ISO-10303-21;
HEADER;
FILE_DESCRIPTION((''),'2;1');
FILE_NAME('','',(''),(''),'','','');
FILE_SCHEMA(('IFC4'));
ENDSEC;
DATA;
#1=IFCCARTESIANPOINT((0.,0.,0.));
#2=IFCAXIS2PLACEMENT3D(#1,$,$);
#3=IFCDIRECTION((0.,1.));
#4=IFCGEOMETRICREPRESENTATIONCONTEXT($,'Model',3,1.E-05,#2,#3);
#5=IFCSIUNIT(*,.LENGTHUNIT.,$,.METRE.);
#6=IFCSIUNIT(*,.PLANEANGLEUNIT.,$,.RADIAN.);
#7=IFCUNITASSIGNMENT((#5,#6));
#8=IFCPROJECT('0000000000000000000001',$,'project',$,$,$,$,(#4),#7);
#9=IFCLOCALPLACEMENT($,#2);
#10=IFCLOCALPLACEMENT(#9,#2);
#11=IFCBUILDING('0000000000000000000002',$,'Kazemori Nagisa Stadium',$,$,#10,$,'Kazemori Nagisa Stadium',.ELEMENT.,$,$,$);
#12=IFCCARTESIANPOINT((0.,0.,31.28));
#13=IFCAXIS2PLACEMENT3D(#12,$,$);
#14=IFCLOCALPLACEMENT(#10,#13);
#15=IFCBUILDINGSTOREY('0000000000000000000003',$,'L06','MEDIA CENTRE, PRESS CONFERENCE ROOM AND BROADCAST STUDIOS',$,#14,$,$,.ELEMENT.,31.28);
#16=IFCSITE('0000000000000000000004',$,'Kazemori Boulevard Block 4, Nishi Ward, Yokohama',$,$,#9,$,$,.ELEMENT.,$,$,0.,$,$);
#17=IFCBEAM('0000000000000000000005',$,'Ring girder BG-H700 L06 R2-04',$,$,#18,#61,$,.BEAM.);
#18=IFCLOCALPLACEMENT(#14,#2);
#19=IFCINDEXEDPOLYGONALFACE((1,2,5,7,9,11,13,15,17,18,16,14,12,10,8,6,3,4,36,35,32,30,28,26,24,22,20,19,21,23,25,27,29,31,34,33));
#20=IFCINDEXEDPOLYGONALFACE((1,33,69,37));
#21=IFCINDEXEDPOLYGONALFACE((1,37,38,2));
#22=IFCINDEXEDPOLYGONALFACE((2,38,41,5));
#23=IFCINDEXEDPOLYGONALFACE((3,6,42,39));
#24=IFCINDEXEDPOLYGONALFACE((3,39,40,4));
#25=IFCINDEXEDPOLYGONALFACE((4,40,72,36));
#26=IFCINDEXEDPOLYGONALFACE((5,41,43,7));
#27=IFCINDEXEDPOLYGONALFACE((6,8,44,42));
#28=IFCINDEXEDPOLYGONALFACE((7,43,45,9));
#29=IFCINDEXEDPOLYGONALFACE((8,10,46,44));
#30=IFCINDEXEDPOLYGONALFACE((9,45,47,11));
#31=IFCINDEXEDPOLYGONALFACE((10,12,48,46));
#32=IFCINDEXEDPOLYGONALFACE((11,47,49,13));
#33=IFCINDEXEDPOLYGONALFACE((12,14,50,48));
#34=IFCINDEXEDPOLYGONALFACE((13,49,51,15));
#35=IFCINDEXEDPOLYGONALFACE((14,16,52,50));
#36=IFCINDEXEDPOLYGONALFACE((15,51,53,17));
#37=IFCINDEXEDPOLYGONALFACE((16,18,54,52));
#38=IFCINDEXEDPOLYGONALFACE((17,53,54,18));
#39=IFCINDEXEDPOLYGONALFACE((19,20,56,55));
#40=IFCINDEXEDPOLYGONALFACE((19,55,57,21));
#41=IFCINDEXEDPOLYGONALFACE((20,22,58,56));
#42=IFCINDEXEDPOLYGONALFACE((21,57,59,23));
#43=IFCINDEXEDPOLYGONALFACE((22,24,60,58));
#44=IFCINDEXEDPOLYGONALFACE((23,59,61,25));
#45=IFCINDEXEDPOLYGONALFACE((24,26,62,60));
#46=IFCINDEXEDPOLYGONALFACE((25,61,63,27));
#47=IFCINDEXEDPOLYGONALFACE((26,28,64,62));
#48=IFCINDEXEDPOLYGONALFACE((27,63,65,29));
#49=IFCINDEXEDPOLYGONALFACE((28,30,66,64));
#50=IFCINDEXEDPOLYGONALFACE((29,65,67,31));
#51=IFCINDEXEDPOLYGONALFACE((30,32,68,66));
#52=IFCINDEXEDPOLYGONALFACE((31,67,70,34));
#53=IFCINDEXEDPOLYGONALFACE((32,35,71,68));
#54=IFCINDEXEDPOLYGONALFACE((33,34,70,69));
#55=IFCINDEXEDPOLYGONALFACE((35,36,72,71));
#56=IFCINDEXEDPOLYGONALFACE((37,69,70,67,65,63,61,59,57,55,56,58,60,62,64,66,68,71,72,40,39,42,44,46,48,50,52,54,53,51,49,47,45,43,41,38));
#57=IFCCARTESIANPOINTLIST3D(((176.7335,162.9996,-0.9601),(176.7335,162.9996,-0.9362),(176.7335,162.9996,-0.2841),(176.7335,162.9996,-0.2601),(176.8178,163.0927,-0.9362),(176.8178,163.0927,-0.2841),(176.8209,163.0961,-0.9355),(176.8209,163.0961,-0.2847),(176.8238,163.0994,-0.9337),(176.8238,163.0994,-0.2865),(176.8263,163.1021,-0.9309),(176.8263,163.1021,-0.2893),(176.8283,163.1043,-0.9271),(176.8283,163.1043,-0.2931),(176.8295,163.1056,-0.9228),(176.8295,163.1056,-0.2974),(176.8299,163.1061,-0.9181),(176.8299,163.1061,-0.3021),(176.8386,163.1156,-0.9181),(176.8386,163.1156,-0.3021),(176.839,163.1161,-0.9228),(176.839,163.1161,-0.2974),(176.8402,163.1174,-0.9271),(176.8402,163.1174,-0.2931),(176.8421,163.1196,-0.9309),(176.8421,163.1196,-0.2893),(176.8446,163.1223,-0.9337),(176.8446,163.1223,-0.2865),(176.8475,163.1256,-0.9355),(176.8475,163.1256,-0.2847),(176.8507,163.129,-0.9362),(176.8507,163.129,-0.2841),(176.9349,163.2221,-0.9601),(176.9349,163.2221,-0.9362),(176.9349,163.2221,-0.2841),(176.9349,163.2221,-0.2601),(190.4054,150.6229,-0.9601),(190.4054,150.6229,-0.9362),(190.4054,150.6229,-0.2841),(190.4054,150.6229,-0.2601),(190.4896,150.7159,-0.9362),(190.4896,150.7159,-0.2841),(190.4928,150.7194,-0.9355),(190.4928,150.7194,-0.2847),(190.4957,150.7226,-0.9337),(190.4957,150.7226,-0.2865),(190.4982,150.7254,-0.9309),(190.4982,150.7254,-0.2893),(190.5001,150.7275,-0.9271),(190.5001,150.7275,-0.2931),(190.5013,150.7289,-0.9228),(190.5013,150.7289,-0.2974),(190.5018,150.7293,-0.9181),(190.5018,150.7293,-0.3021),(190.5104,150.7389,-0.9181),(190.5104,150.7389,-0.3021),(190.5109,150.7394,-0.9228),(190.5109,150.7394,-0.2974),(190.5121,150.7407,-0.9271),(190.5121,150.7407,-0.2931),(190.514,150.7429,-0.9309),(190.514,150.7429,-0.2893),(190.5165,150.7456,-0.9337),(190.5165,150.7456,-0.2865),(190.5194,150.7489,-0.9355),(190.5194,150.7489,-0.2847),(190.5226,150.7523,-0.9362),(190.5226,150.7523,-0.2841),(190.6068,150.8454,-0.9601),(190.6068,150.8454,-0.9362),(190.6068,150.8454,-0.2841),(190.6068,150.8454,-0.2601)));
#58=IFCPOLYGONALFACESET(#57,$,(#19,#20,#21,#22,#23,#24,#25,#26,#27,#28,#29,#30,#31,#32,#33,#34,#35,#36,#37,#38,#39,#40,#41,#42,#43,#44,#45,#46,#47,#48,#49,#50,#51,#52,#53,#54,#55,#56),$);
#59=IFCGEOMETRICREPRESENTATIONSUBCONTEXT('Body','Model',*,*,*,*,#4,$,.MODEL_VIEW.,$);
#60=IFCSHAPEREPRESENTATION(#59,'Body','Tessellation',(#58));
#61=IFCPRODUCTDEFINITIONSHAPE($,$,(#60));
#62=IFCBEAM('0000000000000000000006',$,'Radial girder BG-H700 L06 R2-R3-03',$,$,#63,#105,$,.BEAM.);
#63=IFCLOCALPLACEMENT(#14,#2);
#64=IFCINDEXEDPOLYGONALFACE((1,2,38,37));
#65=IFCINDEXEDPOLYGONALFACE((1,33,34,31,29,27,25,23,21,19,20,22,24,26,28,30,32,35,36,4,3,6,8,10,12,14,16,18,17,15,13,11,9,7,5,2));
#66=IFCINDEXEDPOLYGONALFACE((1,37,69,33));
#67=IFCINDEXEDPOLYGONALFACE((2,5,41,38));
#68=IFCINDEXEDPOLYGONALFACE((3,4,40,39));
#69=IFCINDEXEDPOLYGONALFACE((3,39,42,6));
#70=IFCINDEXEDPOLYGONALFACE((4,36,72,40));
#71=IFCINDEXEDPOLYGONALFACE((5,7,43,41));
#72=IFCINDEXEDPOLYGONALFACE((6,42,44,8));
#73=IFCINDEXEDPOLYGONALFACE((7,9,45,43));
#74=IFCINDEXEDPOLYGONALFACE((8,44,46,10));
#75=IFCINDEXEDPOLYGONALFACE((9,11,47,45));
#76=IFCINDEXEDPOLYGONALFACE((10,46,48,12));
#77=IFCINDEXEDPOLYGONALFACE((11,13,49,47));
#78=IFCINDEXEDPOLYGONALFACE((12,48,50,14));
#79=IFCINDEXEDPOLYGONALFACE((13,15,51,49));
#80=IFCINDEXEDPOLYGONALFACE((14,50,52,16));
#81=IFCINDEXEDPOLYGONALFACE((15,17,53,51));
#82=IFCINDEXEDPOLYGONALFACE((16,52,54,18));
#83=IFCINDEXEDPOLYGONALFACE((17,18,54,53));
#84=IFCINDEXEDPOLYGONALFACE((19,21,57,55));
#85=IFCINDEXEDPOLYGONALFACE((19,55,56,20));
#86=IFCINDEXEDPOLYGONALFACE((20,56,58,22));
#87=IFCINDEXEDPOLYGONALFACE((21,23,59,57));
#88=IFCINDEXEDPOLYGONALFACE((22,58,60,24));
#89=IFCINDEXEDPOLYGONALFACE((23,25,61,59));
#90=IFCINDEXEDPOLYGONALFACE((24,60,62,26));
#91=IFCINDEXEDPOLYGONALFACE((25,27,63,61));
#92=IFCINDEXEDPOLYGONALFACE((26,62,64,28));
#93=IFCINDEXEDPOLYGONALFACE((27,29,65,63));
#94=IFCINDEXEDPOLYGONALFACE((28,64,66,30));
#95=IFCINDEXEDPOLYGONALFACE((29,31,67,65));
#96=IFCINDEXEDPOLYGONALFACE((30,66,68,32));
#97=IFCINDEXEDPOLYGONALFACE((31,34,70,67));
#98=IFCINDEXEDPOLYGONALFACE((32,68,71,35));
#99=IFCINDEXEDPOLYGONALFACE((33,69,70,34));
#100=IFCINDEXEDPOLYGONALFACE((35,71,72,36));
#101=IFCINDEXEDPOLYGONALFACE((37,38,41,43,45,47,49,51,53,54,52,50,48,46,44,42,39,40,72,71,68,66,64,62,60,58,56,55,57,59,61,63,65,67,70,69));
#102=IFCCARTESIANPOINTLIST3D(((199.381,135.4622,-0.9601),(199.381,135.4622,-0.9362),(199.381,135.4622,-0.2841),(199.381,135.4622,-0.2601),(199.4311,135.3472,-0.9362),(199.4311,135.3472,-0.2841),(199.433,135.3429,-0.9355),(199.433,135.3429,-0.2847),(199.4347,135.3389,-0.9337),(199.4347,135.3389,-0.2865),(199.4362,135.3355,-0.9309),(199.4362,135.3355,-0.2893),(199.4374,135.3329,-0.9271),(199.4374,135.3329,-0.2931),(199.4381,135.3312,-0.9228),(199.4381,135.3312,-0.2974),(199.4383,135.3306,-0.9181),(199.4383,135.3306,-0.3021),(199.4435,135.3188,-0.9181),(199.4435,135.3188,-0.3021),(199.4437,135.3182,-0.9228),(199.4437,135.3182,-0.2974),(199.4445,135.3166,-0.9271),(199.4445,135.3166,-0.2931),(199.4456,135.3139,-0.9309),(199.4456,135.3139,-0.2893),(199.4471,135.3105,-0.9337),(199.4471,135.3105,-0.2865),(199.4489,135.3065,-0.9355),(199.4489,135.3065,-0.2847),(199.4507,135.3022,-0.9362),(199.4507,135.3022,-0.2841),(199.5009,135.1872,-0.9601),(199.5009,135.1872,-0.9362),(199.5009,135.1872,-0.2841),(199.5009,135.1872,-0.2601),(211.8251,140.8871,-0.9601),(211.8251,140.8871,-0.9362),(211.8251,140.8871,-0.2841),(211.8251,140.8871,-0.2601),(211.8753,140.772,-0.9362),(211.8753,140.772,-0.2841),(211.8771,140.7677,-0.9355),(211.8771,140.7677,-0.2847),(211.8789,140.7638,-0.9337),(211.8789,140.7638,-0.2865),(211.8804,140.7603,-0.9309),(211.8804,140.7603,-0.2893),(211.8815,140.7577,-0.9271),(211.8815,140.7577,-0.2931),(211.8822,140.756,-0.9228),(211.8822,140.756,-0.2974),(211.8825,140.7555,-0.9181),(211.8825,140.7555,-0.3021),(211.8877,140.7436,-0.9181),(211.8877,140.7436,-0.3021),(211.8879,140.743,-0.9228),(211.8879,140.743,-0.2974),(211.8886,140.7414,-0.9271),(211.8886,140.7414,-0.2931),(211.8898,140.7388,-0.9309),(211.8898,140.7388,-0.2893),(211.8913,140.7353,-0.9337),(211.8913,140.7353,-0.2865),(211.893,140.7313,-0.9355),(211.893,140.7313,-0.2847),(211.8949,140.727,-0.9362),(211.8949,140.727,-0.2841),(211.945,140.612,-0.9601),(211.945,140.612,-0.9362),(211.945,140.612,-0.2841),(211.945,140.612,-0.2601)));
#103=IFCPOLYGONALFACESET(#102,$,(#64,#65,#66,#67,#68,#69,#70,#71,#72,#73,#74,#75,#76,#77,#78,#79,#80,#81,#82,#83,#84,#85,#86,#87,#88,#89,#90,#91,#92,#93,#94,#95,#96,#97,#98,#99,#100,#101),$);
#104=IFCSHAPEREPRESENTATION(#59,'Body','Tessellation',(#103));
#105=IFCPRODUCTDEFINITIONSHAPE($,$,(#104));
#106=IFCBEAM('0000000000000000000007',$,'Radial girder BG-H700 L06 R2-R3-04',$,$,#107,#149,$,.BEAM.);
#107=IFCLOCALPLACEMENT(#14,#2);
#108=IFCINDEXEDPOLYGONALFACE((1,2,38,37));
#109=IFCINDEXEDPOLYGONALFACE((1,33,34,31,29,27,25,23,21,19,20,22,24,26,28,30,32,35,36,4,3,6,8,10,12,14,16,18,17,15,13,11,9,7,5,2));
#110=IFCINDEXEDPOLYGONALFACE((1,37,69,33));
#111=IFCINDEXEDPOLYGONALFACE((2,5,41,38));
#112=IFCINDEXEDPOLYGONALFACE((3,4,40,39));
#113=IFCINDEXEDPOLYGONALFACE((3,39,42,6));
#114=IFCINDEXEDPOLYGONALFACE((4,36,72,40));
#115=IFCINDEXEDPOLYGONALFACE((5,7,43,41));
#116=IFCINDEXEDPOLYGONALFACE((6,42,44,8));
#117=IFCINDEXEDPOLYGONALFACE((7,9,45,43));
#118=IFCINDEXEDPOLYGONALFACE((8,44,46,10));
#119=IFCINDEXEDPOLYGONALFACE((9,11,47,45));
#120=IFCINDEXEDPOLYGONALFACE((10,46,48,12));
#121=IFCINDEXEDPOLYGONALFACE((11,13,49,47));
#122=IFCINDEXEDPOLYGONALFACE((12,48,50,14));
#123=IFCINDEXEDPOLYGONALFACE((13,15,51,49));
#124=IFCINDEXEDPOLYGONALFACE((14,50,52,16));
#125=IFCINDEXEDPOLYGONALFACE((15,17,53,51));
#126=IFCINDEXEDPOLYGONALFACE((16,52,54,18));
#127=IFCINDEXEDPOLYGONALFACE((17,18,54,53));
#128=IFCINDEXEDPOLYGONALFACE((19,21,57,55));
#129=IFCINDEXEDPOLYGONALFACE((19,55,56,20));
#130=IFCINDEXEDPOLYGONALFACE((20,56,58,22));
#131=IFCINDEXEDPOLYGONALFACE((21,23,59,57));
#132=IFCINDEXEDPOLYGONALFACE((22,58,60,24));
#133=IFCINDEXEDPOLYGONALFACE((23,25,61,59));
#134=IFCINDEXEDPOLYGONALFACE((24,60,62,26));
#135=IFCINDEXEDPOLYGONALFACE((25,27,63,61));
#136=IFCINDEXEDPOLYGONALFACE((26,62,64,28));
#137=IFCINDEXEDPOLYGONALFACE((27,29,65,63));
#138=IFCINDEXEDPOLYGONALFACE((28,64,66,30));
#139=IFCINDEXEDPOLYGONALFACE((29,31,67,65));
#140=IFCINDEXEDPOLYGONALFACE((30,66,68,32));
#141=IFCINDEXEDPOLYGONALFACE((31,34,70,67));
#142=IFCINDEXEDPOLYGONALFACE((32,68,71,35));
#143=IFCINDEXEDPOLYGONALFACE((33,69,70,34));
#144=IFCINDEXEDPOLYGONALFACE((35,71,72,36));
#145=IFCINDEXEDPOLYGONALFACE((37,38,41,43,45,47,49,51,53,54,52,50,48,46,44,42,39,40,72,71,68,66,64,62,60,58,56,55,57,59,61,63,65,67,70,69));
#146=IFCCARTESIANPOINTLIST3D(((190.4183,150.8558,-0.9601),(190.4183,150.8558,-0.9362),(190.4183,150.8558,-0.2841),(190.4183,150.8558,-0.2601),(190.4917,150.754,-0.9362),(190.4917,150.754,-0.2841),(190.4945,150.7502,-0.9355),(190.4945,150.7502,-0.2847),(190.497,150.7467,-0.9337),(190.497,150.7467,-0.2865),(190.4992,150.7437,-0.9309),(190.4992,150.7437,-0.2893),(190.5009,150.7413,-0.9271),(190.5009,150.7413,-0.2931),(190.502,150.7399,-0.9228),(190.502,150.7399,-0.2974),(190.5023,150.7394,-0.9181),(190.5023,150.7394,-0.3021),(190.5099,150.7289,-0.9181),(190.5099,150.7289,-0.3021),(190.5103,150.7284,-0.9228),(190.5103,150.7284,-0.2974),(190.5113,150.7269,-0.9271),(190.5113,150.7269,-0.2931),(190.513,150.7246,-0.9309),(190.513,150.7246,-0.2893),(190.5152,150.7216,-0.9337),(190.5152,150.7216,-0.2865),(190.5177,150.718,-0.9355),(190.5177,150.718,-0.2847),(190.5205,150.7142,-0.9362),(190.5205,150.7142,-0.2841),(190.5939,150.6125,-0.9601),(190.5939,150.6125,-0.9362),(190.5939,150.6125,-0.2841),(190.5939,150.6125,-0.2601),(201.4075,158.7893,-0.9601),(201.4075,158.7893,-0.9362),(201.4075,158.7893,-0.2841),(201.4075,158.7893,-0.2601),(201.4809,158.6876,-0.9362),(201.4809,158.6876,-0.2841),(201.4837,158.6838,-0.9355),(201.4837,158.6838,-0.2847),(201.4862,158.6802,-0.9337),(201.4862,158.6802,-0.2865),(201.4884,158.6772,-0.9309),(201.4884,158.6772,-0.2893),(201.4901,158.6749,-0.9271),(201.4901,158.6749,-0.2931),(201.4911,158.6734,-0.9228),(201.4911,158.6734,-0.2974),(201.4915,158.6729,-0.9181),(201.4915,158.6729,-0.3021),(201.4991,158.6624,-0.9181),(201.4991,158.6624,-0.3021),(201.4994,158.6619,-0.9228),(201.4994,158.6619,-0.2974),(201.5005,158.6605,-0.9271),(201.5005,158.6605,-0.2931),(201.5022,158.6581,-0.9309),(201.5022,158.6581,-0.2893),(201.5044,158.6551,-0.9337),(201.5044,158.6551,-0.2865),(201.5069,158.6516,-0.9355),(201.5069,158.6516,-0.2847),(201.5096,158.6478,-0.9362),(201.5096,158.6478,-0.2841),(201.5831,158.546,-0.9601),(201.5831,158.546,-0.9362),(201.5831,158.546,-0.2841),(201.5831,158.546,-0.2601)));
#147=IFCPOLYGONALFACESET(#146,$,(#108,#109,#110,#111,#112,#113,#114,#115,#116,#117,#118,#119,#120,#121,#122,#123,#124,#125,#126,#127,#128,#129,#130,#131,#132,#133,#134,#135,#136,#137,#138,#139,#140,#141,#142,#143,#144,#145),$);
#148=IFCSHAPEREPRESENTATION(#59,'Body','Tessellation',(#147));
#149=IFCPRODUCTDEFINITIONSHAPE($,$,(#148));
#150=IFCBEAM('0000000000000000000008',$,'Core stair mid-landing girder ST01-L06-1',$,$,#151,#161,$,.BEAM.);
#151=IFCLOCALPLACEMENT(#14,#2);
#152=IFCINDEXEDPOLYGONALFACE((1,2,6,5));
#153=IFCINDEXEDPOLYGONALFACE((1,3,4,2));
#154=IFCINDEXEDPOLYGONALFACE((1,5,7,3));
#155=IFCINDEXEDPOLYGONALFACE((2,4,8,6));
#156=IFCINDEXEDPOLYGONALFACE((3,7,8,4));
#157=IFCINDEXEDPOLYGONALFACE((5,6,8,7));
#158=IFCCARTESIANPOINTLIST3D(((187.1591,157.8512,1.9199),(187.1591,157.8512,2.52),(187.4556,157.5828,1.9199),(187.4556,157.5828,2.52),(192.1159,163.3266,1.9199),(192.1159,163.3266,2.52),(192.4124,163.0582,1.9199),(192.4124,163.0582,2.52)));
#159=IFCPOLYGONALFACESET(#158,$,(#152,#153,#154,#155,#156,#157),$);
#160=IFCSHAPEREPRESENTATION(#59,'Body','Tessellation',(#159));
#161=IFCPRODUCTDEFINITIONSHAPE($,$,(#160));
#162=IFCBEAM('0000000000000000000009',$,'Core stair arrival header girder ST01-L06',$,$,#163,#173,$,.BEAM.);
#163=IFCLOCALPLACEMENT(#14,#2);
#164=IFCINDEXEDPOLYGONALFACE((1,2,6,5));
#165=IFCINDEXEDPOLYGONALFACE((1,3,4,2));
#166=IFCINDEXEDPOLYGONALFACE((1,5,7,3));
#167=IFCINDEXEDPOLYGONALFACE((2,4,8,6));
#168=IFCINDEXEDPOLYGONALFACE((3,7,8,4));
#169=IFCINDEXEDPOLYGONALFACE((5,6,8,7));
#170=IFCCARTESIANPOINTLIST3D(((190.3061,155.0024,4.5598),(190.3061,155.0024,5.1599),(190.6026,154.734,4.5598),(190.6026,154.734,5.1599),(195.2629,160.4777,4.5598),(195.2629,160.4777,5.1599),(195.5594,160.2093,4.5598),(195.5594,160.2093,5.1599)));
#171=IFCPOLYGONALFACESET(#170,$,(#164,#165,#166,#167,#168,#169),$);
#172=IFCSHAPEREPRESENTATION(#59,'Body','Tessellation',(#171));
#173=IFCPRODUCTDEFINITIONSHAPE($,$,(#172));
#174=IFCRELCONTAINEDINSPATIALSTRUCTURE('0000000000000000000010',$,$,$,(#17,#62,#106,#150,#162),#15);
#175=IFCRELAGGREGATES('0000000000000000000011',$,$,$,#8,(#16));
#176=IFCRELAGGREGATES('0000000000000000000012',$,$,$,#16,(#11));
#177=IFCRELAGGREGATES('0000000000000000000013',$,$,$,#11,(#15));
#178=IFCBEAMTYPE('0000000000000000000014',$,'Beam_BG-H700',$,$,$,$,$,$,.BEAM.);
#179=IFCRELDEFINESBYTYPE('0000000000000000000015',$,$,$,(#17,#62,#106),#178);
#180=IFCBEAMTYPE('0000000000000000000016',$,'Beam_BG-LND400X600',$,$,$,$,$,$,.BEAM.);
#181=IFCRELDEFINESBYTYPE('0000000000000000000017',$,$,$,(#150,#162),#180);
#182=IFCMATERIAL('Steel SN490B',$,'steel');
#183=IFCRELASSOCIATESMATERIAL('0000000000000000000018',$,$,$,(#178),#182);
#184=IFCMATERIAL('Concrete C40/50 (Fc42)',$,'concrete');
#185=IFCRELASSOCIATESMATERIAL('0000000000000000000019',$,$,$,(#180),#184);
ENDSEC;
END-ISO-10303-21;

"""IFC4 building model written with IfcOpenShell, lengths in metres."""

from ifc_helpers import new_model, si_unit, direction, frame, origin, origin_2d, place, context, subcontext, project, spatial, rectangle, i_section, extrude, material, material_profile, profile_set, type_object, element, save


model = new_model("IFC4")

# Units and contexts
model_context = context("Model", 3, precision=1e-05, world=origin(), true_north=direction((0.0, 1.0)))
body_context = subcontext(model_context, "Body", "Model", "MODEL_VIEW")
ifc_project = project(units=[si_unit("LENGTHUNIT", "METRE"), si_unit("PLANEANGLEUNIT", "RADIAN")], contexts=[model_context])

# Site, building, storey
site_placement = place(None, origin())
site = spatial("IfcSite", under=ifc_project, at=site_placement, Name="Kazemori Boulevard Block 4, Nishi Ward, Yokohama", CompositionType="ELEMENT", RefElevation=0.0)
building_placement = place(site_placement, origin())
building = spatial("IfcBuilding", under=site, at=building_placement, Name="Kazemori Nagisa Stadium", LongName="Kazemori Nagisa Stadium", CompositionType="ELEMENT")
storey_placement = place(building_placement, frame((0.0, 0.0, 31.28)))
storey = spatial("IfcBuildingStorey", under=building, at=storey_placement, Name="L06", Description="MEDIA CENTRE, PRESS CONFERENCE ROOM AND BROADCAST STUDIOS", CompositionType="ELEMENT", Elevation=31.28)

# Shared definitions
ifc_material_1 = material(Name="Steel SN490B", Category="steel")

# Beams
ifc_material_profile_1 = material_profile(ifc_material_1, i_section(OverallWidth=0.3, OverallDepth=0.7, WebThickness=0.0129, FlangeThickness=0.0239, FilletRadius=0.0181, at=origin_2d()), Name="H-700x300x13x24")
ifc_profile_set_1 = profile_set([ifc_material_profile_1], Name="Steel SN490B")
beam_type_1 = type_object("IfcBeamType", Name="Beam_BG-H700", PredefinedType="BEAM", material=ifc_profile_set_1)
beam_1_placement = place(storey_placement, frame((190.5061, 150.7341, -0.6101), z_axis=(-0.741349, 0.67112, 0.0), x_axis=(-0.67112, -0.741349, 0.0)))
element("IfcBeam", 1, at=beam_1_placement, inside=storey, type_object=beam_type_1, Name="Ring girder BG-H700 L06 R2-04", PredefinedType="BEAM", context=body_context, shape_type="SweptSolid", body=[
    extrude(i_section(OverallWidth=0.3, OverallDepth=0.7, WebThickness=0.0129, FlangeThickness=0.0239, FilletRadius=0.0181, at=origin_2d()), origin(), (0.0, 0.0, 1.0), 18.4419),
])
beam_2_placement = place(storey_placement, frame((199.4409, 135.3247, -0.6101), z_axis=(0.916684, 0.399614, 0.0), x_axis=(-0.399614, 0.916684, 0.0)))
element("IfcBeam", 2, at=beam_2_placement, inside=storey, type_object=beam_type_1, Name="Radial girder BG-H700 L06 R2-R3-03", PredefinedType="BEAM", context=body_context, shape_type="SweptSolid", body=[
    extrude(i_section(OverallWidth=0.3, OverallDepth=0.7, WebThickness=0.0129, FlangeThickness=0.0239, FilletRadius=0.0181, at=origin_2d()), origin(), (0.0, 0.0, 1.0), 13.5752),
])
beam_3_placement = place(storey_placement, frame((190.5061, 150.7341, -0.6101), z_axis=(0.810788, 0.585341, 0.0), x_axis=(-0.585341, 0.810788, 0.0)))
element("IfcBeam", 3, at=beam_3_placement, inside=storey, type_object=beam_type_1, Name="Radial girder BG-H700 L06 R2-R3-04", PredefinedType="BEAM", context=body_context, shape_type="SweptSolid", body=[
    extrude(i_section(OverallWidth=0.3, OverallDepth=0.7, WebThickness=0.0129, FlangeThickness=0.0239, FilletRadius=0.0181, at=origin_2d()), origin(), (0.0, 0.0, 1.0), 13.5537),
])
ifc_material_2 = material(Name="Concrete C40/50 (Fc42)", Category="concrete")
ifc_material_profile_2 = material_profile(ifc_material_2, rectangle(XDim=0.3999, YDim=0.6001, at=origin_2d()), Name="RC-BM-400x600")
ifc_profile_set_2 = profile_set([ifc_material_profile_2], Name="Concrete C40/50 (Fc42)")
beam_type_2 = type_object("IfcBeamType", Name="Beam_BG-LND400X600", PredefinedType="BEAM", material=ifc_profile_set_2)
for number, where, z_axis, x_axis, name in (
    (4, (187.3074, 157.717, 2.22), (0.67113, 0.74134, 0.0), (-0.74134, 0.67113, 0.0), "Core stair mid-landing girder ST01-L06-1"),
    (5, (190.4543, 154.8682, 4.8599), (0.67113, 0.74134, 0.0), (-0.74134, 0.67113, 0.0), "Core stair arrival header girder ST01-L06"),
):
    element("IfcBeam", number, at=place(storey_placement, frame(where, z_axis=z_axis, x_axis=x_axis)), inside=storey, type_object=beam_type_2, Name=name, PredefinedType="BEAM", context=body_context, shape_type="SweptSolid", body=[
        extrude(rectangle(XDim=0.3999, YDim=0.6001, at=origin_2d()), origin(), (0.0, 0.0, 1.0), 7.3857),
    ])

save(model, "model.ifc")
